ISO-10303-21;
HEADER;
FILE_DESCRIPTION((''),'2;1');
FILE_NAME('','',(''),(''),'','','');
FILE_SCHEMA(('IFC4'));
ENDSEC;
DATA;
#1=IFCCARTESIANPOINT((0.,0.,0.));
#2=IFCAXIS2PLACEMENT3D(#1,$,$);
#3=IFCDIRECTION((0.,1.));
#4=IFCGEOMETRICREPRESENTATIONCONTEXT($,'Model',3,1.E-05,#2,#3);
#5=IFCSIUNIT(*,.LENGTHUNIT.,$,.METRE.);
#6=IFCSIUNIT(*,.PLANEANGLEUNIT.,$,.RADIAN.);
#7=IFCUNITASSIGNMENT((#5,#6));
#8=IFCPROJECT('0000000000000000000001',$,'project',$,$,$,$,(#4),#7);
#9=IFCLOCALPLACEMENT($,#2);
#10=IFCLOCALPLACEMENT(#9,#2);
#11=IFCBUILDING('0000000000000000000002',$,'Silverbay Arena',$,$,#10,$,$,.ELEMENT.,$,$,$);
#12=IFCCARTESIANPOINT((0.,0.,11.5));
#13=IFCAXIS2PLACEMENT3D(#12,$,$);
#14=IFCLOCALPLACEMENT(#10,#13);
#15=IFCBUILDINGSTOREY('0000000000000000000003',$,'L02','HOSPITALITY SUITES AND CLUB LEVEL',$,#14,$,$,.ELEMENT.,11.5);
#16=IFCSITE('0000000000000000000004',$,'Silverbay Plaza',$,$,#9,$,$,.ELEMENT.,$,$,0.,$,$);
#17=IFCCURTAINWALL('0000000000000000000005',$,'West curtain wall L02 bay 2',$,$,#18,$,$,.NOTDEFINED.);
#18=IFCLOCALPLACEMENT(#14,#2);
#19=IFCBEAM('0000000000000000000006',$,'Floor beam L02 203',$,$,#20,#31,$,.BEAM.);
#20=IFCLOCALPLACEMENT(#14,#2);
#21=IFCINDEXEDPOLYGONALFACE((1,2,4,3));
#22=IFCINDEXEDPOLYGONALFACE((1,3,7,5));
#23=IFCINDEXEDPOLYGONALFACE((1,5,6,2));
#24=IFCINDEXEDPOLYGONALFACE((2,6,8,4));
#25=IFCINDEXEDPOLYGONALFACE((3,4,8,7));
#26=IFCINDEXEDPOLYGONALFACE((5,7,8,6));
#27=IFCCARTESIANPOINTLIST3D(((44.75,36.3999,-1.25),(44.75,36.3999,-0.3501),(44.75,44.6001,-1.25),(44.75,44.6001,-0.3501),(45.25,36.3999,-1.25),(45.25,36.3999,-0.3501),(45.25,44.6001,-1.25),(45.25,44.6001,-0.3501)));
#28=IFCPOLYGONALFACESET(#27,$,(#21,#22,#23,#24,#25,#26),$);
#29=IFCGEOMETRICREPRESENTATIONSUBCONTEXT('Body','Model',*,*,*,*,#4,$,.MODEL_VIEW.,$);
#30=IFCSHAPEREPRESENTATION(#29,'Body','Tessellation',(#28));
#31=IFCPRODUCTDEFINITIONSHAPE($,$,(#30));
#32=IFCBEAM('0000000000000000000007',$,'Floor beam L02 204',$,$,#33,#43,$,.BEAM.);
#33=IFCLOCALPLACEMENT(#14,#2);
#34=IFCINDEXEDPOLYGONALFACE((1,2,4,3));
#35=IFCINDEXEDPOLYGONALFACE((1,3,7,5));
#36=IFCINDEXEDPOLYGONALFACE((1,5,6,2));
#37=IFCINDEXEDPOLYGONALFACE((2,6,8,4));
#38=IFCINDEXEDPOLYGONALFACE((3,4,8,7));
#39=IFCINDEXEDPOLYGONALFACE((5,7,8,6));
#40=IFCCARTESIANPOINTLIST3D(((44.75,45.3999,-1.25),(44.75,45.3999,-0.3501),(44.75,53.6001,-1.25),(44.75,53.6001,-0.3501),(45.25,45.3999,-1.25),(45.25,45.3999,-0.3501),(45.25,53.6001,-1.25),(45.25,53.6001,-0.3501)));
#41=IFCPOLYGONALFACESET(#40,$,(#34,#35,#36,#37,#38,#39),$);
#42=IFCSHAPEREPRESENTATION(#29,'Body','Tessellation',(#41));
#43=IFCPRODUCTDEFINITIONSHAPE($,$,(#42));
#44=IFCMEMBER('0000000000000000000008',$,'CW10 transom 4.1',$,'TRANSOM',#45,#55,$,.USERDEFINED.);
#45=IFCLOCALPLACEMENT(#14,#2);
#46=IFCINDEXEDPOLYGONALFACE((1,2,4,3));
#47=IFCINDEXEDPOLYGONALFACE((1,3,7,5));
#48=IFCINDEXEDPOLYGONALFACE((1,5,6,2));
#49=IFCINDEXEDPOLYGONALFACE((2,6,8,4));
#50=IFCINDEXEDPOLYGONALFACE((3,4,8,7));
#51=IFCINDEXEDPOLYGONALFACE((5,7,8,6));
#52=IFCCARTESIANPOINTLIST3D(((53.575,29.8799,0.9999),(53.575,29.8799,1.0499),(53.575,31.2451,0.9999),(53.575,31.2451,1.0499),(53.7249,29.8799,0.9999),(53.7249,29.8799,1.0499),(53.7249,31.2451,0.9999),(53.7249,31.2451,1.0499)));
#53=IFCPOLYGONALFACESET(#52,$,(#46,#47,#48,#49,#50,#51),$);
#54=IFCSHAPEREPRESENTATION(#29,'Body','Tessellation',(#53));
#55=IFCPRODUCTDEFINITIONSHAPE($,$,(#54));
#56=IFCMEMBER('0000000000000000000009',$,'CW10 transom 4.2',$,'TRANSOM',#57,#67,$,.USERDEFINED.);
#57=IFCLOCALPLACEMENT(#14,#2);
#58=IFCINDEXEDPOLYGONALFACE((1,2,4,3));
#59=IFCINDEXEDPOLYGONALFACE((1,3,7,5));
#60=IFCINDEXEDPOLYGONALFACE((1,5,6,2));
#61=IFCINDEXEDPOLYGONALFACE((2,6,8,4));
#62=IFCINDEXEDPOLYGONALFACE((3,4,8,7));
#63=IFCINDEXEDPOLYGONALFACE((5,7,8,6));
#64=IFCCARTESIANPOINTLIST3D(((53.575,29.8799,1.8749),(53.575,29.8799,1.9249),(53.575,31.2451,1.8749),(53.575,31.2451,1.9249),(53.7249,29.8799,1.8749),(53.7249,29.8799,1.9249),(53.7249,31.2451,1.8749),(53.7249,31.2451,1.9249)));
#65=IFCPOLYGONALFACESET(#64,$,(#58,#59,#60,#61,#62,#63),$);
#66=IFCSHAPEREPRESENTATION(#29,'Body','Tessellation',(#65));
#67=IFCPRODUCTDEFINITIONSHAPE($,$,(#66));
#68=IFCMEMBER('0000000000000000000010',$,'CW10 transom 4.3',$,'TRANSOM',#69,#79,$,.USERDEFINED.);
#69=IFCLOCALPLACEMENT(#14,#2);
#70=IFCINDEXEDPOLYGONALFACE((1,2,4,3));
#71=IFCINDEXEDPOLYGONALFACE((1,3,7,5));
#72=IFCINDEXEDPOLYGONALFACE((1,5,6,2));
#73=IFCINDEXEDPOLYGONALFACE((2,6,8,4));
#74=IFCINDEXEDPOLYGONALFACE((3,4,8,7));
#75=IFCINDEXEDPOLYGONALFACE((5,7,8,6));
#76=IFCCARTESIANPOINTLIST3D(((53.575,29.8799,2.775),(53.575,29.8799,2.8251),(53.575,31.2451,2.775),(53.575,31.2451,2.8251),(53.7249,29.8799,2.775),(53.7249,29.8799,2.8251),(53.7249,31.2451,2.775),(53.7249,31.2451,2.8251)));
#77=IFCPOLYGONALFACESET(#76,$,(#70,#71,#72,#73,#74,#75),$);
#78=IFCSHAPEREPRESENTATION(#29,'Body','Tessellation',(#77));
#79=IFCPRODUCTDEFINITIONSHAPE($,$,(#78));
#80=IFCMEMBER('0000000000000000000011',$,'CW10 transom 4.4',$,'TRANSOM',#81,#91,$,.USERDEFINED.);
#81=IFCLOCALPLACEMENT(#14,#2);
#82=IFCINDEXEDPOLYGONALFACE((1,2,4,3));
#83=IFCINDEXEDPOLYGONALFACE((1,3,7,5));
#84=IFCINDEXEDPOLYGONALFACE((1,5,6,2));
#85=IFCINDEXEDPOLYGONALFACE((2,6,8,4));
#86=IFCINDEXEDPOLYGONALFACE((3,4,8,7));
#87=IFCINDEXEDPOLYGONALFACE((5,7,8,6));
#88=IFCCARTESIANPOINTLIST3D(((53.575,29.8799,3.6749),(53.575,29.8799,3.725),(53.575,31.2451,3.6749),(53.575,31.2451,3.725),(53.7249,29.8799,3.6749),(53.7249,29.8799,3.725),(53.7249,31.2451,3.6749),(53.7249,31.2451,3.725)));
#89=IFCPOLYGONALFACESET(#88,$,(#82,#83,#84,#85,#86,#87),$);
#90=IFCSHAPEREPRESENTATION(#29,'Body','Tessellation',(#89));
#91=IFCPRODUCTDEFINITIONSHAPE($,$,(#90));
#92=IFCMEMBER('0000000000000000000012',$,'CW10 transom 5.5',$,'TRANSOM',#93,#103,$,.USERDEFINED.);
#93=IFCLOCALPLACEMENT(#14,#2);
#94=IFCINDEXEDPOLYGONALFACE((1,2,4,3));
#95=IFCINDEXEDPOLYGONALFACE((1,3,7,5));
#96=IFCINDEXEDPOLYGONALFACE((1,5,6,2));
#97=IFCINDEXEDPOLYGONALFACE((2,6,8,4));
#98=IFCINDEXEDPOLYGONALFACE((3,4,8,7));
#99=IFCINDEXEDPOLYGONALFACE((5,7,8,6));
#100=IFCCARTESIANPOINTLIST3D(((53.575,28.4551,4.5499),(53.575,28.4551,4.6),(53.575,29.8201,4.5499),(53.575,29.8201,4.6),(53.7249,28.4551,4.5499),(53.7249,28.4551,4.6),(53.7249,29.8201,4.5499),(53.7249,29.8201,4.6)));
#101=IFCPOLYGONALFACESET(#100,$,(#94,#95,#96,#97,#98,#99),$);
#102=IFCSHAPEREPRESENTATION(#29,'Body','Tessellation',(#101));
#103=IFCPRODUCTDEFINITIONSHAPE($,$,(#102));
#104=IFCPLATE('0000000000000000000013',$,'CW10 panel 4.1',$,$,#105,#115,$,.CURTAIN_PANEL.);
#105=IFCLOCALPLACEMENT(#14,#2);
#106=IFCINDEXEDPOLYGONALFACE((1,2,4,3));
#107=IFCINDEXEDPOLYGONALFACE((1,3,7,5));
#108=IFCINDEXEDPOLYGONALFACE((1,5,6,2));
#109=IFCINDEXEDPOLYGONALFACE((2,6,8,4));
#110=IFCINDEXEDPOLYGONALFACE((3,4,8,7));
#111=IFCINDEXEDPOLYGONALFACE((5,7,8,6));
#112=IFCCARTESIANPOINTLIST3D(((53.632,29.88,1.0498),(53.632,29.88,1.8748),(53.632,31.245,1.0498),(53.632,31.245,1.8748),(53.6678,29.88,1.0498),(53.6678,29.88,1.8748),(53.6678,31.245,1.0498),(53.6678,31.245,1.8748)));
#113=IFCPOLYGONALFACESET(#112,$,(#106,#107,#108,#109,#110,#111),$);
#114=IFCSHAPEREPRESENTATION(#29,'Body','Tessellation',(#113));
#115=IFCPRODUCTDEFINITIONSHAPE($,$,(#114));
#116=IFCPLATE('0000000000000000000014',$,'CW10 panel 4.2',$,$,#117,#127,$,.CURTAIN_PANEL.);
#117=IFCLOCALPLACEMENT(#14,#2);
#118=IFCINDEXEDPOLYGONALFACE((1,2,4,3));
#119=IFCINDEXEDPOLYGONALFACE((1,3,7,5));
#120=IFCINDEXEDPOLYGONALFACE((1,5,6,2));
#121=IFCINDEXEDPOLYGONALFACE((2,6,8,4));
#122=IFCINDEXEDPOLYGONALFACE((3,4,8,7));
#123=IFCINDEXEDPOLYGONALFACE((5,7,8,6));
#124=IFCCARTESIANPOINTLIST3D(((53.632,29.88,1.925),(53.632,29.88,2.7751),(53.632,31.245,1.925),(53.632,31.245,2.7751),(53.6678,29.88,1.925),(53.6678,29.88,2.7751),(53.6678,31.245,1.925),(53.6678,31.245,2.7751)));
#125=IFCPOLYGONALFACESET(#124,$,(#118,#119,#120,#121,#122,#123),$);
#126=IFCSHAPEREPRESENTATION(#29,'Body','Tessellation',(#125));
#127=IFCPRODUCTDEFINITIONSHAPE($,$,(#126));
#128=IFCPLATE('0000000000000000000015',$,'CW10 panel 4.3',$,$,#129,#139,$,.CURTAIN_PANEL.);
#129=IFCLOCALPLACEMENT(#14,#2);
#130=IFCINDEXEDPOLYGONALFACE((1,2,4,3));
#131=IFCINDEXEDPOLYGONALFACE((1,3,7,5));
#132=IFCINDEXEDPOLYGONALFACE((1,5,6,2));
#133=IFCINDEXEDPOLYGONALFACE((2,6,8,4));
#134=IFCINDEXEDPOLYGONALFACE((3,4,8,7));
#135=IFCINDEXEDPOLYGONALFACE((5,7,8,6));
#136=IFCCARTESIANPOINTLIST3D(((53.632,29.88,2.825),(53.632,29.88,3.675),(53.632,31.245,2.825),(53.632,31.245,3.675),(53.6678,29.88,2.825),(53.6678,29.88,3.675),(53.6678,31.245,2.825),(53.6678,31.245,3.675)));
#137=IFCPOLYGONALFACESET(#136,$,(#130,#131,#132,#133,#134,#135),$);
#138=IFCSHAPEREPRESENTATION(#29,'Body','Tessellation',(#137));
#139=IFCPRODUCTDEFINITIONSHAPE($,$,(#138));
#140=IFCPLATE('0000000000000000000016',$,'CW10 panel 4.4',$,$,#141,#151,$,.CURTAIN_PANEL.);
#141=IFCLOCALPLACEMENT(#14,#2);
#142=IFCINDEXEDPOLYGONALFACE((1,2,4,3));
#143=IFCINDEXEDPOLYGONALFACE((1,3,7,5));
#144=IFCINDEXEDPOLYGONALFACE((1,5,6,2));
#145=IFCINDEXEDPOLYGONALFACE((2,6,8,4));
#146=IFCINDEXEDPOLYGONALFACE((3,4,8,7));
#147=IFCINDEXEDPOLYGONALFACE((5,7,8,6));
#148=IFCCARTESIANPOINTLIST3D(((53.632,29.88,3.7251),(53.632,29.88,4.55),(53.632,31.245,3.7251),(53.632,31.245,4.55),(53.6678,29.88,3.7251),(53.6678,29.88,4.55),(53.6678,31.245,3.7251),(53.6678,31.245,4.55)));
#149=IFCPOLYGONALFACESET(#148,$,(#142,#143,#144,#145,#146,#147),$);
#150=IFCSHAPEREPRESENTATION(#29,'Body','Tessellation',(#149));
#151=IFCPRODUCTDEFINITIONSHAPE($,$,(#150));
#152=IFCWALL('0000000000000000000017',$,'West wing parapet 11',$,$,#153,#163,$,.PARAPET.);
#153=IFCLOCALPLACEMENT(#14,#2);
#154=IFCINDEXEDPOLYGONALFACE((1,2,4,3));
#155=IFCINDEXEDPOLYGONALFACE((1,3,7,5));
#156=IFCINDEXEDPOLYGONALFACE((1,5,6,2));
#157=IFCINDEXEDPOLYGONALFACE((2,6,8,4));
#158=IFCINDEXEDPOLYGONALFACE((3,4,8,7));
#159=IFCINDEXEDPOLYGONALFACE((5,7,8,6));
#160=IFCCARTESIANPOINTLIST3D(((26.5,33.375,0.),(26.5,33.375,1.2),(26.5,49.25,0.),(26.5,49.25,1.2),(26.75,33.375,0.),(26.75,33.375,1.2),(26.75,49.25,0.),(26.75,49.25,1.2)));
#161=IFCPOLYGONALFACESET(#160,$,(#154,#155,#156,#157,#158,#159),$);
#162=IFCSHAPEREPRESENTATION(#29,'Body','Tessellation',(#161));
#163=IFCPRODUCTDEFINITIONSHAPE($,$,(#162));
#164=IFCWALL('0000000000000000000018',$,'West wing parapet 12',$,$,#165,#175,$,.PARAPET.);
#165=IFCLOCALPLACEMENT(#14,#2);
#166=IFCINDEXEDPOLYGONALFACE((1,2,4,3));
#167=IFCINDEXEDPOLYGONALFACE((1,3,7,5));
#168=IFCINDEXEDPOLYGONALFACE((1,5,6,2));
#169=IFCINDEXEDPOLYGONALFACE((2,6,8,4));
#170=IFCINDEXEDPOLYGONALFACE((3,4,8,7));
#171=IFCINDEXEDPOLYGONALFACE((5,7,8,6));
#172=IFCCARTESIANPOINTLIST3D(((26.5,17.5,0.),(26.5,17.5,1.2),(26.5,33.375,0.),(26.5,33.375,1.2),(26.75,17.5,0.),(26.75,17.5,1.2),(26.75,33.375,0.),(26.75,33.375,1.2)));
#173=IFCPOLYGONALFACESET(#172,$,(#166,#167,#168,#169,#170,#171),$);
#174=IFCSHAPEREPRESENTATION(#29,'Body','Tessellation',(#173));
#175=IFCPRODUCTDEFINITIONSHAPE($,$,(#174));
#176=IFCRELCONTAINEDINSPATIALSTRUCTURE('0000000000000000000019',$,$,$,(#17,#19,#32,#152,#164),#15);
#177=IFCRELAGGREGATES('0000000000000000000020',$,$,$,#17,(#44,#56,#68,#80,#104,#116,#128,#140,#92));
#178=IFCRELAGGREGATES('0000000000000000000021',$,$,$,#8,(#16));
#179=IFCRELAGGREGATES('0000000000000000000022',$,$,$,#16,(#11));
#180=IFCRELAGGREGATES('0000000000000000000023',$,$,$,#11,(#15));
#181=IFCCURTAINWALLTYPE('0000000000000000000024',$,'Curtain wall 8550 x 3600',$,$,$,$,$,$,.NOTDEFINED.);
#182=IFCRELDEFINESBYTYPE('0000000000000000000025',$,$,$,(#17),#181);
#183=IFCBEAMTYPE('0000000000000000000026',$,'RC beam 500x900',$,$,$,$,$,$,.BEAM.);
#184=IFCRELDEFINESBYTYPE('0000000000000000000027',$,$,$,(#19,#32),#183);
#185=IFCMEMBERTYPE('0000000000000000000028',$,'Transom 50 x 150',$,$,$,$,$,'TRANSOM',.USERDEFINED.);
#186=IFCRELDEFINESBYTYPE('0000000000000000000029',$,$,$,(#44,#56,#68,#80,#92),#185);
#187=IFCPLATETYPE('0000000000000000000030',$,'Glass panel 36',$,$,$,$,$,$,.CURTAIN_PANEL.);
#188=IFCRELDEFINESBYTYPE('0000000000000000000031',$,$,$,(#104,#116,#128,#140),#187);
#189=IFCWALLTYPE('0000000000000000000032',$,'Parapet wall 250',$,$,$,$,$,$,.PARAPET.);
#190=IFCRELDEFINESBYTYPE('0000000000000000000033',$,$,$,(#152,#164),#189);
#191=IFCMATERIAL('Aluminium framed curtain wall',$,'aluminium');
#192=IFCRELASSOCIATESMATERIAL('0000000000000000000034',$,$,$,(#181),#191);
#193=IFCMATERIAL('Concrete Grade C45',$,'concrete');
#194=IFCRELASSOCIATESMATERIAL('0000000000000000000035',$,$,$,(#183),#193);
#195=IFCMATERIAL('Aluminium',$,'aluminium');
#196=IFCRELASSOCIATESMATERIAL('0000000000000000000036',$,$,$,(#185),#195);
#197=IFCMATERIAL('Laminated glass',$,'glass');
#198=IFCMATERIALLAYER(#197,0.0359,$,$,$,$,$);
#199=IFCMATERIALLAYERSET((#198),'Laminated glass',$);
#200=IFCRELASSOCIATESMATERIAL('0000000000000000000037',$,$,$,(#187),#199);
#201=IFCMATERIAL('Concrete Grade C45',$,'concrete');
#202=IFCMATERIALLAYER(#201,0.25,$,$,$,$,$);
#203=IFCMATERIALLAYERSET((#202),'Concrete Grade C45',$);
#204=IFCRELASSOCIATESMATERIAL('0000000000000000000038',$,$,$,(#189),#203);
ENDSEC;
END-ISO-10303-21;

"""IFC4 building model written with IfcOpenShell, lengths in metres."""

from ifc_helpers import new_model, si_unit, direction, frame, frame_2d, origin, origin_2d, place, context, subcontext, project, spatial, rectangle, extrude, material, layer, layer_set, material_profile, profile_set, type_object, element, aggregate, save


model = new_model("IFC4")

# Units and contexts
model_context = context("Model", 3, precision=1e-05, world=origin(), true_north=direction((0.0, 1.0)))
body_context = subcontext(model_context, "Body", "Model", "MODEL_VIEW")
ifc_project = project(units=[si_unit("LENGTHUNIT", "METRE"), si_unit("PLANEANGLEUNIT", "RADIAN")], contexts=[model_context])

# Site, building, storey
site_placement = place(None, origin())
site = spatial("IfcSite", under=ifc_project, at=site_placement, Name="Silverbay Plaza", CompositionType="ELEMENT", RefElevation=0.0)
building_placement = place(site_placement, origin())
building = spatial("IfcBuilding", under=site, at=building_placement, Name="Silverbay Arena", CompositionType="ELEMENT")
storey_placement = place(building_placement, frame((0.0, 0.0, 11.5)))
storey = spatial("IfcBuildingStorey", under=building, at=storey_placement, Name="L02", Description="HOSPITALITY SUITES AND CLUB LEVEL", CompositionType="ELEMENT", Elevation=11.5)

# Curtain wall
ifc_material_1 = material(Name="Aluminium framed curtain wall", Category="aluminium")
curtain_wall_type = type_object("IfcCurtainWallType", Name="Curtain wall 8550 x 3600", PredefinedType="NOTDEFINED", material=ifc_material_1)
curtain_wall_placement = place(storey_placement, origin())
curtain_wall = element("IfcCurtainWall", 1, at=curtain_wall_placement, inside=storey, type_object=curtain_wall_type, Name="West curtain wall L02 bay 2", PredefinedType="NOTDEFINED")

# Beams
ifc_material_2 = material(Name="Concrete Grade C45", Category="concrete")
ifc_material_profile_1 = material_profile(ifc_material_2, rectangle(XDim=0.5, YDim=0.8999, at=origin_2d()), Name="RC 500x900")
ifc_profile_set_1 = profile_set([ifc_material_profile_1], Name="Concrete Grade C45")
beam_type_1 = type_object("IfcBeamType", Name="RC beam 500x900", PredefinedType="BEAM", material=ifc_profile_set_1)
for number, where, z_axis, x_axis, name in (
    (2, (45.0, 36.3999, -0.8), (0.0, 1.0, 0.0), (-1.0, 0.0, 0.0), "Floor beam L02 203"),
    (3, (45.0, 45.3999, -0.8), (0.0, 1.0, 0.0), (-1.0, 0.0, 0.0), "Floor beam L02 204"),
):
    element("IfcBeam", number, at=place(storey_placement, frame(where, z_axis=z_axis, x_axis=x_axis)), inside=storey, type_object=beam_type_1, Name=name, PredefinedType="BEAM", context=body_context, shape_type="SweptSolid", body=[
        extrude(rectangle(XDim=0.5, YDim=0.8999, at=origin_2d()), origin(), (0.0, 0.0, 1.0), 8.2002),
    ])

# Members
ifc_material_3 = material(Name="Aluminium", Category="aluminium")
ifc_material_profile_2 = material_profile(ifc_material_3, rectangle(XDim=0.1499, YDim=0.05, at=origin_2d()), Name="Transom 50 x 150")
ifc_profile_set_2 = profile_set([ifc_material_profile_2], Name="Aluminium")
member_type_1 = type_object("IfcMemberType", Name="Transom 50 x 150", ElementType="TRANSOM", PredefinedType="USERDEFINED", material=ifc_profile_set_2)
member_1_placement = place(storey_placement, frame((53.6499, 31.2451, 1.0249), z_axis=(0.0, -1.0, 0.0), x_axis=(1.0, 0.0, 0.0)))
member_1 = element("IfcMember", 4, at=member_1_placement, type_object=member_type_1, Name="CW10 transom 4.1", ObjectType="TRANSOM", PredefinedType="USERDEFINED", context=body_context, shape_type="SweptSolid", body=[
    extrude(rectangle(XDim=0.1499, YDim=0.05, at=origin_2d()), origin(), (0.0, 0.0, 1.0), 1.3652),
])
member_2_placement = place(storey_placement, frame((53.6499, 31.2451, 1.8999), z_axis=(0.0, -1.0, 0.0), x_axis=(1.0, 0.0, 0.0)))
member_2 = element("IfcMember", 5, at=member_2_placement, type_object=member_type_1, Name="CW10 transom 4.2", ObjectType="TRANSOM", PredefinedType="USERDEFINED", context=body_context, shape_type="SweptSolid", body=[
    extrude(rectangle(XDim=0.1499, YDim=0.05, at=origin_2d()), origin(), (0.0, 0.0, 1.0), 1.3652),
])
member_3_placement = place(storey_placement, frame((53.6499, 31.2451, 2.8), z_axis=(0.0, -1.0, 0.0), x_axis=(1.0, 0.0, 0.0)))
member_3 = element("IfcMember", 6, at=member_3_placement, type_object=member_type_1, Name="CW10 transom 4.3", ObjectType="TRANSOM", PredefinedType="USERDEFINED", context=body_context, shape_type="SweptSolid", body=[
    extrude(rectangle(XDim=0.1499, YDim=0.05, at=origin_2d()), origin(), (0.0, 0.0, 1.0), 1.3652),
])
member_4_placement = place(storey_placement, frame((53.6499, 31.2451, 3.7), z_axis=(0.0, -1.0, 0.0), x_axis=(1.0, 0.0, 0.0)))
member_4 = element("IfcMember", 7, at=member_4_placement, type_object=member_type_1, Name="CW10 transom 4.4", ObjectType="TRANSOM", PredefinedType="USERDEFINED", context=body_context, shape_type="SweptSolid", body=[
    extrude(rectangle(XDim=0.1499, YDim=0.05, at=origin_2d()), origin(), (0.0, 0.0, 1.0), 1.3652),
])
member_5_placement = place(storey_placement, frame((53.6499, 29.8201, 4.575), z_axis=(0.0, -1.0, 0.0), x_axis=(1.0, 0.0, 0.0)))
member_5 = element("IfcMember", 8, at=member_5_placement, type_object=member_type_1, Name="CW10 transom 5.5", ObjectType="TRANSOM", PredefinedType="USERDEFINED", context=body_context, shape_type="SweptSolid", body=[
    extrude(rectangle(XDim=0.1499, YDim=0.05, at=origin_2d()), origin(), (0.0, 0.0, 1.0), 1.365),
])

# Plates
ifc_material_4 = material(Name="Laminated glass", Category="glass")
ifc_layer_1 = layer(ifc_material_4, 0.0359)
ifc_layer_set_1 = layer_set([ifc_layer_1], Name="Laminated glass")
plate_type = type_object("IfcPlateType", Name="Glass panel 36", PredefinedType="CURTAIN_PANEL", material=ifc_layer_set_1)
plate_1_placement = place(storey_placement, frame((53.6499, 30.5625, 1.0498), z_axis=(0.0, 0.0, 1.0), x_axis=(0.0, -1.0, 0.0)))
plate_1 = element("IfcPlate", 9, at=plate_1_placement, type_object=plate_type, Name="CW10 panel 4.1", PredefinedType="CURTAIN_PANEL", context=body_context, shape_type="SweptSolid", body=[
    extrude(rectangle(XDim=1.365, YDim=0.0359, at=origin_2d()), origin(), (0.0, 0.0, 1.0), 0.825),
])
plate_2_placement = place(storey_placement, frame((53.6499, 30.5625, 1.925), z_axis=(0.0, 0.0, 1.0), x_axis=(0.0, -1.0, 0.0)))
plate_2 = element("IfcPlate", 10, at=plate_2_placement, type_object=plate_type, Name="CW10 panel 4.2", PredefinedType="CURTAIN_PANEL", context=body_context, shape_type="SweptSolid", body=[
    extrude(rectangle(XDim=1.365, YDim=0.0359, at=origin_2d()), origin(), (0.0, 0.0, 1.0), 0.8501),
])
plate_3_placement = place(storey_placement, frame((53.6499, 30.5625, 2.825), z_axis=(0.0, 0.0, 1.0), x_axis=(0.0, -1.0, 0.0)))
plate_3 = element("IfcPlate", 11, at=plate_3_placement, type_object=plate_type, Name="CW10 panel 4.3", PredefinedType="CURTAIN_PANEL", context=body_context, shape_type="SweptSolid", body=[
    extrude(rectangle(XDim=1.365, YDim=0.0359, at=origin_2d()), origin(), (0.0, 0.0, 1.0), 0.8501),
])
plate_4_placement = place(storey_placement, frame((53.6499, 30.5625, 3.7251), z_axis=(0.0, 0.0, 1.0), x_axis=(0.0, -1.0, 0.0)))
plate_4 = element("IfcPlate", 12, at=plate_4_placement, type_object=plate_type, Name="CW10 panel 4.4", PredefinedType="CURTAIN_PANEL", context=body_context, shape_type="SweptSolid", body=[
    extrude(rectangle(XDim=1.365, YDim=0.0359, at=origin_2d()), origin(), (0.0, 0.0, 1.0), 0.825),
])
aggregate(curtain_wall, [member_1, member_2, member_3, member_4, plate_1, plate_2, plate_3, plate_4, member_5])

# Walls
ifc_material_5 = material(Name="Concrete Grade C45", Category="concrete")
ifc_layer_2 = layer(ifc_material_5, 0.25)
ifc_layer_set_2 = layer_set([ifc_layer_2], Name="Concrete Grade C45")
wall_type = type_object("IfcWallType", Name="Parapet wall 250", PredefinedType="PARAPET", material=ifc_layer_set_2)
for number, where, z_axis, x_axis, name in (
    (13, (26.625, 49.25, 0.0), (0.0, 0.0, 1.0), (0.0, -1.0, 0.0), "West wing parapet 11"),
    (14, (26.625, 33.375, 0.0), (0.0, 0.0, 1.0), (0.0, -1.0, 0.0), "West wing parapet 12"),
):
    element("IfcWall", number, at=place(storey_placement, frame(where, z_axis=z_axis, x_axis=x_axis)), inside=storey, type_object=wall_type, Name=name, PredefinedType="PARAPET", context=body_context, shape_type="SweptSolid", body=[
        extrude(rectangle(XDim=15.875, YDim=0.25, at=frame_2d((7.9375, 0.0))), origin(), (0.0, 0.0, 1.0), 1.2),
    ])

save(model, "model.ifc")
